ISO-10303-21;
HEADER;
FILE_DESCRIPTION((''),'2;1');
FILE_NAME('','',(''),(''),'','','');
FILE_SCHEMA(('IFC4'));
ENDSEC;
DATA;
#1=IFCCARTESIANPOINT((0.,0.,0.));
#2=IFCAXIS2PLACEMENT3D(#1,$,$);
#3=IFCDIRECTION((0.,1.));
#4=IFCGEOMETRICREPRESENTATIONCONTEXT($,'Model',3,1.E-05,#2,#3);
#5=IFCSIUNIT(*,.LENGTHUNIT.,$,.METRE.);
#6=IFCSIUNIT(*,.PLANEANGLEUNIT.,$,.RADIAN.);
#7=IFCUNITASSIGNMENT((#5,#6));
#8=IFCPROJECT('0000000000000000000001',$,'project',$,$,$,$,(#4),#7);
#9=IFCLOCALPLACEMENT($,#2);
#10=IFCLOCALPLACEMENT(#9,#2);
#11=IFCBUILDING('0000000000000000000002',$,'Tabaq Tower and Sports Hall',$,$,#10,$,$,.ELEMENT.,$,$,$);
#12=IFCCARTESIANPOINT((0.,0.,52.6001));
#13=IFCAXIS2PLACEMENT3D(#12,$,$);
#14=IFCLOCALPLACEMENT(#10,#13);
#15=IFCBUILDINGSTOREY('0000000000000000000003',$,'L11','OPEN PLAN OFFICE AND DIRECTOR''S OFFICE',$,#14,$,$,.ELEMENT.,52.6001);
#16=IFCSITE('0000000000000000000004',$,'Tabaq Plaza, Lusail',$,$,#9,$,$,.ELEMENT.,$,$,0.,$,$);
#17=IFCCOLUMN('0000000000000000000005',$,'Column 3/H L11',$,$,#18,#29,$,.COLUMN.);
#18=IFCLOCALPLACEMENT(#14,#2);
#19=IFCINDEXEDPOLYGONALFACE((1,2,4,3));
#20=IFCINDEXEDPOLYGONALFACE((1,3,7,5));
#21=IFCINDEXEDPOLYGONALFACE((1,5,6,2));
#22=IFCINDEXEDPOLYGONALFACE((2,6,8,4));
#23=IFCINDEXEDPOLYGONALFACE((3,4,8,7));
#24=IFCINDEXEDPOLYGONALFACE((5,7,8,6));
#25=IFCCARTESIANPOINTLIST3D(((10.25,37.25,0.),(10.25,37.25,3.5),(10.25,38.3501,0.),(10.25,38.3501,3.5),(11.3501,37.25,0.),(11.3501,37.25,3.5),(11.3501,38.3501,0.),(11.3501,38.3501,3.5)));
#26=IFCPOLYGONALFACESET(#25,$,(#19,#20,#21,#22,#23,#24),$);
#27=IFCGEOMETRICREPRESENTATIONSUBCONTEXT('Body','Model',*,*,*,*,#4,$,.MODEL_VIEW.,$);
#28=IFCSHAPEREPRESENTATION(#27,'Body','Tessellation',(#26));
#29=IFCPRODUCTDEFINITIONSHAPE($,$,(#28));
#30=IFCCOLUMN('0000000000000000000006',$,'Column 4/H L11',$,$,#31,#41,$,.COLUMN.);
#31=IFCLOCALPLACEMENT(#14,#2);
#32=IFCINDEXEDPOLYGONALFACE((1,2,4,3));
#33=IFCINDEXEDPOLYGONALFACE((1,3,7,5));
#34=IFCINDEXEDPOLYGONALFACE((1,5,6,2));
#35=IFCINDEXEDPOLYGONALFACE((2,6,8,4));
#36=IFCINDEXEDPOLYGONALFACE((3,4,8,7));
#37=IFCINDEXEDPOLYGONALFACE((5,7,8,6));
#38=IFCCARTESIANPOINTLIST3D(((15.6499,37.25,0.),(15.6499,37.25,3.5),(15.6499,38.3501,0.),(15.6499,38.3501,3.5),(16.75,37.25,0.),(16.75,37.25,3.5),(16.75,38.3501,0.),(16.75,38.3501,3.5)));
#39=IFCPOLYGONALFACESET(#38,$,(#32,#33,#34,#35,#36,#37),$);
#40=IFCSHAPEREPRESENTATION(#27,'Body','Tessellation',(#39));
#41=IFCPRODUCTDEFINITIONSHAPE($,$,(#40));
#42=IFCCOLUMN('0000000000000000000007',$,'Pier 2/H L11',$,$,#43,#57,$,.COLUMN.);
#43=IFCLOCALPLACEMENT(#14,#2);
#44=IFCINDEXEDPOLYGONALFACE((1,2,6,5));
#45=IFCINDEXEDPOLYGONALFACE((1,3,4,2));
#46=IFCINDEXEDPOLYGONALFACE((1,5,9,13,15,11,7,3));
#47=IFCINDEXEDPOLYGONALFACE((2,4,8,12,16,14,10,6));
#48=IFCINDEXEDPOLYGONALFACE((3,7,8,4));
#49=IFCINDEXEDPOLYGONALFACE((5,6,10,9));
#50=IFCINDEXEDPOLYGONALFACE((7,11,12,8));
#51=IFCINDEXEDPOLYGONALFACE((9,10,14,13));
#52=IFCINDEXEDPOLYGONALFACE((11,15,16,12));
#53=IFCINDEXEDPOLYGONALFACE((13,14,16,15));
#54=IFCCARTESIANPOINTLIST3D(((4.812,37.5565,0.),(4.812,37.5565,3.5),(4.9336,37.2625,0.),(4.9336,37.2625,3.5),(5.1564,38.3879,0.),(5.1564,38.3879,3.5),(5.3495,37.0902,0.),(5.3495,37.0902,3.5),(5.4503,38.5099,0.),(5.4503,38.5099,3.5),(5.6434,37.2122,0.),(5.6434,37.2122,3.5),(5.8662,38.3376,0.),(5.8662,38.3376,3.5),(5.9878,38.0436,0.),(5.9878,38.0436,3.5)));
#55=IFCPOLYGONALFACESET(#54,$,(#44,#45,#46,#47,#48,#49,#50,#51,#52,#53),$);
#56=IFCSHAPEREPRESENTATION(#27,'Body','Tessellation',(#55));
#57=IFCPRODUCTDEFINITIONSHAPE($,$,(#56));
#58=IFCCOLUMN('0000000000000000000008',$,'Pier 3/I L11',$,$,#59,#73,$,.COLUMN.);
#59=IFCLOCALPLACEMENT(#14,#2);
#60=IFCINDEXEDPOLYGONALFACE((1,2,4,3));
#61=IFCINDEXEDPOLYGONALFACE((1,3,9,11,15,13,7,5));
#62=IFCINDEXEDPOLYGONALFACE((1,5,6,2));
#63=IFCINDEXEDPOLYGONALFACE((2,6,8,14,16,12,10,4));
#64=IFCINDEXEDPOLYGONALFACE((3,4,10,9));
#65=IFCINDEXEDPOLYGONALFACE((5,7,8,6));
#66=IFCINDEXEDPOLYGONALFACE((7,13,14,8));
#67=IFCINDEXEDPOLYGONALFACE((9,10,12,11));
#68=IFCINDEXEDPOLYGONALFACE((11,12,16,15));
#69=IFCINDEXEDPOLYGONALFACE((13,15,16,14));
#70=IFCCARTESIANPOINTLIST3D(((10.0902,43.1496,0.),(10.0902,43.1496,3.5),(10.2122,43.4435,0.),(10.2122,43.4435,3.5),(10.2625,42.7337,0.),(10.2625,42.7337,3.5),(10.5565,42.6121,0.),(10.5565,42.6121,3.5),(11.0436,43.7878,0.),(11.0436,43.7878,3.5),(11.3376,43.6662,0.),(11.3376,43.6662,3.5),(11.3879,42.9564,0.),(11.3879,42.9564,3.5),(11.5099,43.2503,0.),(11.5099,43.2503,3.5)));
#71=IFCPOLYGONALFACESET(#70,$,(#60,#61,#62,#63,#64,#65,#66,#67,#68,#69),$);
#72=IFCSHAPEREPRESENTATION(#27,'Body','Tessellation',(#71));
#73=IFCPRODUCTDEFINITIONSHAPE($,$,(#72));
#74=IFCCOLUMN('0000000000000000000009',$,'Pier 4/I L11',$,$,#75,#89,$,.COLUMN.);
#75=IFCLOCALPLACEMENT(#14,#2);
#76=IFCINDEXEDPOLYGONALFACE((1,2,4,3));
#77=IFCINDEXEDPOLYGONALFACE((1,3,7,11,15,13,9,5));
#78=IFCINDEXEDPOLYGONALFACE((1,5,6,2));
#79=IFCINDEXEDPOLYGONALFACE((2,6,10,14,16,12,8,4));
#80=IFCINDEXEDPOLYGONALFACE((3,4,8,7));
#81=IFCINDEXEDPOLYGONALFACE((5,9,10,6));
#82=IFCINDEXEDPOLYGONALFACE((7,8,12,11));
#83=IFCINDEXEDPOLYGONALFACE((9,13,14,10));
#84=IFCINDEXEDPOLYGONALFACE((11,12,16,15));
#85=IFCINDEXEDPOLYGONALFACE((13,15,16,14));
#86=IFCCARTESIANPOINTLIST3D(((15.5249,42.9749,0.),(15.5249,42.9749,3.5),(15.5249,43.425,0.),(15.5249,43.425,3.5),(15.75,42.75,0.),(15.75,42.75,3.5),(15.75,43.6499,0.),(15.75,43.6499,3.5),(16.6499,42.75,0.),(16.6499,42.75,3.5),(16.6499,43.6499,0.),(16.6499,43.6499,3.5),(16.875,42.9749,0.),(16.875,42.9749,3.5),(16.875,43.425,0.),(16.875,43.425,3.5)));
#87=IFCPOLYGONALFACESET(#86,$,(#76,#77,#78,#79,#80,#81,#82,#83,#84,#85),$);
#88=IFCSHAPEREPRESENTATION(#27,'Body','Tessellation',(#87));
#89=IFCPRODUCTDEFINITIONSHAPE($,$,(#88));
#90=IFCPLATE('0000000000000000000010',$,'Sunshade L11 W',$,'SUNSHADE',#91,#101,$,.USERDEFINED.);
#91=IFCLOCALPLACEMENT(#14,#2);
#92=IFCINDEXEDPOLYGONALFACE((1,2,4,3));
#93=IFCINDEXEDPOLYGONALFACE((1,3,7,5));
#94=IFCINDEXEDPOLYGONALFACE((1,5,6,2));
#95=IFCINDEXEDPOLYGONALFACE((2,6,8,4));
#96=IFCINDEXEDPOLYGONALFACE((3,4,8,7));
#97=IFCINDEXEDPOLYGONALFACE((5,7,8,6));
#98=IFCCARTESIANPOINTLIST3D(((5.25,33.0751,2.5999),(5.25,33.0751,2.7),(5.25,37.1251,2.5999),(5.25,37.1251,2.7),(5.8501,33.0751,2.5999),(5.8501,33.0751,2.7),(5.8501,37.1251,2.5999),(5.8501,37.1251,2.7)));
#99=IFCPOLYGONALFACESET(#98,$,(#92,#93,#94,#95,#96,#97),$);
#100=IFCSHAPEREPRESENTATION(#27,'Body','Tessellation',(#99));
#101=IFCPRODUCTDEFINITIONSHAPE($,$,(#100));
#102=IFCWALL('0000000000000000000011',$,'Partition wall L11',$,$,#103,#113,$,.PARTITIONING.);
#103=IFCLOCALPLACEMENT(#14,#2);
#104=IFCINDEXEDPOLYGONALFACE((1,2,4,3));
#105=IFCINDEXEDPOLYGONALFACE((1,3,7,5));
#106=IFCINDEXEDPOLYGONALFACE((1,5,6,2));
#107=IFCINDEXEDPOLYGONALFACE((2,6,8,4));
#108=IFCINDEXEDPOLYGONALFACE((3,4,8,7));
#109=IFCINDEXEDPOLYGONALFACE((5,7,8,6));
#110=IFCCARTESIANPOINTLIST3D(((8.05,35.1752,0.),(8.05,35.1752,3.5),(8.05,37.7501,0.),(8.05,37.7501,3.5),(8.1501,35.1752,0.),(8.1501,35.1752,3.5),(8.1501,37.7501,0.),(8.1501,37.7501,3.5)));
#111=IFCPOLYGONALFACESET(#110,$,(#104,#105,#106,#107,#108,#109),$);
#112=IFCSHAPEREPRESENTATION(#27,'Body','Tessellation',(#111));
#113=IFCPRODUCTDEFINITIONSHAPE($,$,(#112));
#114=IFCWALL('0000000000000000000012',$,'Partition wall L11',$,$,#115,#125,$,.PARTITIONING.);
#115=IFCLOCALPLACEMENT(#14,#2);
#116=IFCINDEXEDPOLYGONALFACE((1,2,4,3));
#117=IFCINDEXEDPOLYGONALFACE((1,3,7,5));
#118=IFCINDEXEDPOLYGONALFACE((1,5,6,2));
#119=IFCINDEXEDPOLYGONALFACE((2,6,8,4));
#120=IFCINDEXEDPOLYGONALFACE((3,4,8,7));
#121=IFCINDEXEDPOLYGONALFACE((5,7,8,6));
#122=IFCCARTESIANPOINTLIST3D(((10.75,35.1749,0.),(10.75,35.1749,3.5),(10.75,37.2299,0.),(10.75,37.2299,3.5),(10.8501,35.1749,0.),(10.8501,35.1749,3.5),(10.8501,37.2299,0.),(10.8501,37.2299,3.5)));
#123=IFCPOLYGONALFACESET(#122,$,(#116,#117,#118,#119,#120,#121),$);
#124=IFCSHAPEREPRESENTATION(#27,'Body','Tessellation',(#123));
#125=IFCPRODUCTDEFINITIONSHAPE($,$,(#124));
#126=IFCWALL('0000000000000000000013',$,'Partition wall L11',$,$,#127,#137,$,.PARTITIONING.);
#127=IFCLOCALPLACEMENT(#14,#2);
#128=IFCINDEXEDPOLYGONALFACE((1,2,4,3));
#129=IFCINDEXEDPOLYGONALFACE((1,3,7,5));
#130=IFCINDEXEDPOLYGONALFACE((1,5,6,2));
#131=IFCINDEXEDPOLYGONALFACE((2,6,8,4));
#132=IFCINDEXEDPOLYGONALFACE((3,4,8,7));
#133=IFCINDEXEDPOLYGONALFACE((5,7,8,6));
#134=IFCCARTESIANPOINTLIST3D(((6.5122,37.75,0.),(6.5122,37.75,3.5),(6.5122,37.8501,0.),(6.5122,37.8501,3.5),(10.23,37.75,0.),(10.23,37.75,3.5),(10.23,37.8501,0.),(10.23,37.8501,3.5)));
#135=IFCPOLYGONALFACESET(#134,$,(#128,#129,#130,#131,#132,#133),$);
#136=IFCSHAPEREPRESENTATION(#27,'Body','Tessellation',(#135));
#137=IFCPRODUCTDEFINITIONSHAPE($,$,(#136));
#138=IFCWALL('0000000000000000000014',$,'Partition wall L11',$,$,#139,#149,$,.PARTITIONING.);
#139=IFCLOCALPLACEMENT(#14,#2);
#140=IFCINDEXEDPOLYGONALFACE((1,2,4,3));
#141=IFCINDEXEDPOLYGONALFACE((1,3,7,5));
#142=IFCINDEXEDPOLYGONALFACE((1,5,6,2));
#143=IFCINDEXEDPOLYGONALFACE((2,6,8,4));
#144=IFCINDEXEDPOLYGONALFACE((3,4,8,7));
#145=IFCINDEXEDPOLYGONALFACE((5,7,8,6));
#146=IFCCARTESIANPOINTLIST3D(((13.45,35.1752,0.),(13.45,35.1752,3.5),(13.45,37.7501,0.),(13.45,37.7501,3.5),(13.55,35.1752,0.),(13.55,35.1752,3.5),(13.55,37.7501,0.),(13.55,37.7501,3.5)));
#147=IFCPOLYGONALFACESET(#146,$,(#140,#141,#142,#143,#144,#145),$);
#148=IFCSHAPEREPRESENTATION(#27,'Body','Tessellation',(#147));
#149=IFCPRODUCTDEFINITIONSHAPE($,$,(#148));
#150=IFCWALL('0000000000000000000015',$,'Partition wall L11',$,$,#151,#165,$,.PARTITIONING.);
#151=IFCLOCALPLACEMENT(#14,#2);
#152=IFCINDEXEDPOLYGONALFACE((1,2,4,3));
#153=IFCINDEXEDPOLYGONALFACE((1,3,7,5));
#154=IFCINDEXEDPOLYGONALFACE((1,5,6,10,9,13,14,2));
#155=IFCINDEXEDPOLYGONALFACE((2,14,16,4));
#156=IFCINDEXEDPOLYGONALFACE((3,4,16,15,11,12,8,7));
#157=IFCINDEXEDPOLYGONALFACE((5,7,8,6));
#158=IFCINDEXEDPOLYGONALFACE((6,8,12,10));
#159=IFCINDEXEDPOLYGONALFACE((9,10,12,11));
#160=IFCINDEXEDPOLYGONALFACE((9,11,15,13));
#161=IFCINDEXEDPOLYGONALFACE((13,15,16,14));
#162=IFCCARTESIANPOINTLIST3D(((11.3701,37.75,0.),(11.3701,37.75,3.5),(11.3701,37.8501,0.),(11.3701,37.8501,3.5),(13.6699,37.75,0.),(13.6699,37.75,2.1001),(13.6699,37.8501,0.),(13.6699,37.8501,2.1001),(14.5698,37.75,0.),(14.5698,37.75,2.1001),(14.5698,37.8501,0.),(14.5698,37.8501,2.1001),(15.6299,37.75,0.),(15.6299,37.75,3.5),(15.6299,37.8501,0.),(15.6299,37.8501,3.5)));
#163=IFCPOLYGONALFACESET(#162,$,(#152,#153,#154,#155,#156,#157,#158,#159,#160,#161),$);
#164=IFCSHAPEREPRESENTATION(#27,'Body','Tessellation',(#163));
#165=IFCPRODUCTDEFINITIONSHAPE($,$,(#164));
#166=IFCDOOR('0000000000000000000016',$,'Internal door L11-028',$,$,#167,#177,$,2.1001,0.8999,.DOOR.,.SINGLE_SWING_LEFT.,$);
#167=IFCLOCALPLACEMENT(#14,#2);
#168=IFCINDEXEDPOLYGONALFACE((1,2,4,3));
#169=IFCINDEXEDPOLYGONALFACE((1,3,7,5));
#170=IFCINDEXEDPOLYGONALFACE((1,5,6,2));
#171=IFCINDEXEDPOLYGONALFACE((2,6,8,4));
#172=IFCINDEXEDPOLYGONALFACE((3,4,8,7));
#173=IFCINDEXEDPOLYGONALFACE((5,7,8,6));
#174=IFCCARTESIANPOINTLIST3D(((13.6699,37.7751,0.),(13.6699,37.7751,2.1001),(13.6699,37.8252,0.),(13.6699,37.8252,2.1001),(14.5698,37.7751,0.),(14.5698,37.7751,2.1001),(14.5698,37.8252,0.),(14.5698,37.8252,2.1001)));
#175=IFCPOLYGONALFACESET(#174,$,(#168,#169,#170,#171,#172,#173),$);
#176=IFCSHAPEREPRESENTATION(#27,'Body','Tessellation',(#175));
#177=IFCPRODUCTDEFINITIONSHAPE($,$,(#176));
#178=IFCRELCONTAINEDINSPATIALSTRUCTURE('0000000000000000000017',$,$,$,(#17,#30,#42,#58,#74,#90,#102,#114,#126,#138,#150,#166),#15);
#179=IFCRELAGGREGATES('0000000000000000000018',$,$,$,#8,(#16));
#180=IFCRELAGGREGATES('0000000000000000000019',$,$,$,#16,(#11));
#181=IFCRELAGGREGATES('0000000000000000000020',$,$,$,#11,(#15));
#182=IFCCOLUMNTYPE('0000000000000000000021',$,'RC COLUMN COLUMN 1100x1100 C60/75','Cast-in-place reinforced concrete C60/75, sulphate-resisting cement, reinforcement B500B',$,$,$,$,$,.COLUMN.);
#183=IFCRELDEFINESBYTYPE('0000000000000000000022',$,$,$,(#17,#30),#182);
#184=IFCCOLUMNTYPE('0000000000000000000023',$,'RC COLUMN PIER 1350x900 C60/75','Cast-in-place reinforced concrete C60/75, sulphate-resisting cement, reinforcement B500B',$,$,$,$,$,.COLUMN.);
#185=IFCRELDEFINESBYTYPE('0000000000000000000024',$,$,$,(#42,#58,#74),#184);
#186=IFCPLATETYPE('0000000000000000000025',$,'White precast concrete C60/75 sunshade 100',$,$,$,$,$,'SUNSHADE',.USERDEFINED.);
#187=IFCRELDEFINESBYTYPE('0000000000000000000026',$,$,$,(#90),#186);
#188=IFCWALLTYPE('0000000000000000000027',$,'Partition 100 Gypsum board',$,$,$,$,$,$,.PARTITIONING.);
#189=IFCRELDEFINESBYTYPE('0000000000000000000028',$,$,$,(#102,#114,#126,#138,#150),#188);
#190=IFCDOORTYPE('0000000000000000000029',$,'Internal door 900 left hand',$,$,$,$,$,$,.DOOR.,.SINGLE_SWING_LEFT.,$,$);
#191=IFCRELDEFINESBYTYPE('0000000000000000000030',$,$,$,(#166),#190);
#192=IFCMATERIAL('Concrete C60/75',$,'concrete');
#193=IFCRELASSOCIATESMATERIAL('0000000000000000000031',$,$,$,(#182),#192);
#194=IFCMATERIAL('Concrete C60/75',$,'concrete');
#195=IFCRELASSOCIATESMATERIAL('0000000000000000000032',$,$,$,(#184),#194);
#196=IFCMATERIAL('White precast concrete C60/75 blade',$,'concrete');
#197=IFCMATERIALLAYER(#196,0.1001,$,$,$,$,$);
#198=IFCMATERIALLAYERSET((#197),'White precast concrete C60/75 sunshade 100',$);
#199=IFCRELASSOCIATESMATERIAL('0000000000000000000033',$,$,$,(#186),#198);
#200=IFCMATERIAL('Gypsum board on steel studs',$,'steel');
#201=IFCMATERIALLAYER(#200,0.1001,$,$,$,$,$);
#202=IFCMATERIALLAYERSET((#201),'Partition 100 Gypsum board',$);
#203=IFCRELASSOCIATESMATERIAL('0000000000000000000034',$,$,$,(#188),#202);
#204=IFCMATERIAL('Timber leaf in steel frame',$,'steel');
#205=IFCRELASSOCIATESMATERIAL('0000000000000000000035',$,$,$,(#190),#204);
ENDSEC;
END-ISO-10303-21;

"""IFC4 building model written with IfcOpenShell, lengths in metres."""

from ifc_helpers import new_model, si_unit, direction, frame, frame_2d, origin, origin_2d, place, context, subcontext, project, spatial, polyline, rectangle, outline, extrude, material, layer, layer_set, material_profile, profile_set, type_object, element, fill, save


model = new_model("IFC4")

# Units and contexts
model_context = context("Model", 3, precision=1e-05, world=origin(), true_north=direction((0.0, 1.0)))
body_context = subcontext(model_context, "Body", "Model", "MODEL_VIEW")
ifc_project = project(units=[si_unit("LENGTHUNIT", "METRE"), si_unit("PLANEANGLEUNIT", "RADIAN")], contexts=[model_context])

# Site, building, storey
site_placement = place(None, origin())
site = spatial("IfcSite", under=ifc_project, at=site_placement, Name="Tabaq Plaza, Lusail", CompositionType="ELEMENT", RefElevation=0.0)
building_placement = place(site_placement, origin())
building = spatial("IfcBuilding", under=site, at=building_placement, Name="Tabaq Tower and Sports Hall", CompositionType="ELEMENT")
storey_placement = place(building_placement, frame((0.0, 0.0, 52.6001)))
storey = spatial("IfcBuildingStorey", under=building, at=storey_placement, Name="L11", Description="OPEN PLAN OFFICE AND DIRECTOR'S OFFICE", CompositionType="ELEMENT", Elevation=52.6001)

# Columns
ifc_material_1 = material(Name="Concrete C60/75", Category="concrete")
ifc_material_profile_1 = material_profile(ifc_material_1, rectangle(XDim=1.1001, YDim=1.1001, at=origin_2d()), Name="COLUMN 1100x1100")
ifc_profile_set_1 = profile_set([ifc_material_profile_1], Name="Concrete C60/75")
column_type_1 = type_object("IfcColumnType", Name="RC COLUMN COLUMN 1100x1100 C60/75", Description="Cast-in-place reinforced concrete C60/75, sulphate-resisting cement, reinforcement B500B", PredefinedType="COLUMN", material=ifc_profile_set_1)
for number, where, z_axis, x_axis, name in (
    (1, (10.8, 37.8, 0.0), (0.0, 0.0, 1.0), (1.0, 0.0, 0.0), "Column 3/H L11"),
    (2, (16.2, 37.8, 0.0), (0.0, 0.0, 1.0), (1.0, 0.0, 0.0), "Column 4/H L11"),
):
    element("IfcColumn", number, at=place(storey_placement, frame(where, z_axis=z_axis, x_axis=x_axis)), inside=storey, type_object=column_type_1, Name=name, PredefinedType="COLUMN", context=body_context, shape_type="SweptSolid", body=[
        extrude(rectangle(XDim=1.1001, YDim=1.1001, at=origin_2d()), origin(), (0.0, 0.0, 1.0), 3.5),
    ])
ifc_material_2 = material(Name="Concrete C60/75", Category="concrete")
ifc_material_profile_2 = material_profile(ifc_material_2, outline(polyline([(-0.45, -0.45), (0.45, -0.45), (0.675, -0.2251), (0.675, 0.2251), (0.45, 0.45), (-0.45, 0.45), (-0.675, 0.2251), (-0.675, -0.2251), (-0.45, -0.45)])), Name="PIER 1350x900")
ifc_profile_set_2 = profile_set([ifc_material_profile_2], Name="Concrete C60/75")
column_type_2 = type_object("IfcColumnType", Name="RC COLUMN PIER 1350x900 C60/75", Description="Cast-in-place reinforced concrete C60/75, sulphate-resisting cement, reinforcement B500B", PredefinedType="COLUMN", material=ifc_profile_set_2)
for number, where, z_axis, x_axis, name in (
    (3, (5.3999, 37.8, 0.0), (0.0, 0.0, 1.0), (0.382683, 0.92388, 0.0), "Pier 2/H L11"),
    (4, (10.8, 43.2, 0.0), (0.0, 0.0, 1.0), (0.92388, 0.382683, 0.0), "Pier 3/I L11"),
    (5, (16.2, 43.2, 0.0), (0.0, 0.0, 1.0), (1.0, 0.0, 0.0), "Pier 4/I L11"),
):
    element("IfcColumn", number, at=place(storey_placement, frame(where, z_axis=z_axis, x_axis=x_axis)), inside=storey, type_object=column_type_2, Name=name, PredefinedType="COLUMN", context=body_context, shape_type="SweptSolid", body=[
        extrude(outline(polyline([(-0.45, -0.45), (0.45, -0.45), (0.675, -0.2251), (0.675, 0.2251), (0.45, 0.45), (-0.45, 0.45), (-0.675, 0.2251), (-0.675, -0.2251), (-0.45, -0.45)])), origin(), (0.0, 0.0, 1.0), 3.5),
    ])

# Plate
ifc_material_3 = material(Name="White precast concrete C60/75 blade", Category="concrete")
ifc_layer_1 = layer(ifc_material_3, 0.1001)
ifc_layer_set_1 = layer_set([ifc_layer_1], Name="White precast concrete C60/75 sunshade 100")
plate_type = type_object("IfcPlateType", Name="White precast concrete C60/75 sunshade 100", ElementType="SUNSHADE", PredefinedType="USERDEFINED", material=ifc_layer_set_1)
plate_placement = place(storey_placement, frame((5.55, 35.1001, 2.5999), z_axis=(0.0, 0.0, 1.0), x_axis=(0.0, -1.0, 0.0)))
element("IfcPlate", 6, at=plate_placement, inside=storey, type_object=plate_type, Name="Sunshade L11 W", ObjectType="SUNSHADE", PredefinedType="USERDEFINED", context=body_context, shape_type="SweptSolid", body=[
    extrude(rectangle(XDim=4.05, YDim=0.6001, at=origin_2d()), origin(), (0.0, 0.0, 1.0), 0.1001),
])

# Walls
ifc_material_4 = material(Name="Gypsum board on steel studs", Category="steel")
ifc_layer_2 = layer(ifc_material_4, 0.1001)
ifc_layer_set_2 = layer_set([ifc_layer_2], Name="Partition 100 Gypsum board")
wall_type_1 = type_object("IfcWallType", Name="Partition 100 Gypsum board", PredefinedType="PARTITIONING", material=ifc_layer_set_2)
wall_1_placement = place(storey_placement, frame((8.1001, 35.175, 0.0), z_axis=(0.0, 0.0, 1.0), x_axis=(0.0, 1.0, 0.0)))
element("IfcWall", 7, at=wall_1_placement, inside=storey, type_object=wall_type_1, Name="Partition wall L11", PredefinedType="PARTITIONING", context=body_context, shape_type="SweptSolid", body=[
    extrude(rectangle(XDim=2.575, YDim=0.1001, at=frame_2d((1.2876, 0.0))), origin(), (0.0, 0.0, 1.0), 3.5),
])
wall_2_placement = place(storey_placement, frame((10.8, 35.175, 0.0), z_axis=(0.0, 0.0, 1.0), x_axis=(0.0, 1.0, 0.0)))
element("IfcWall", 8, at=wall_2_placement, inside=storey, type_object=wall_type_1, Name="Partition wall L11", PredefinedType="PARTITIONING", context=body_context, shape_type="SweptSolid", body=[
    extrude(rectangle(XDim=2.0549, YDim=0.1001, at=frame_2d((1.0273, 0.0))), origin(), (0.0, 0.0, 1.0), 3.5),
])
wall_3_placement = place(storey_placement, frame((10.23, 37.8, 0.0), z_axis=(0.0, 0.0, 1.0), x_axis=(-1.0, 0.0, 0.0)))
element("IfcWall", 9, at=wall_3_placement, inside=storey, type_object=wall_type_1, Name="Partition wall L11", PredefinedType="PARTITIONING", context=body_context, shape_type="SweptSolid", body=[
    extrude(rectangle(XDim=3.7178, YDim=0.1001, at=frame_2d((1.8589, 0.0))), origin(), (0.0, 0.0, 1.0), 3.5),
])
wall_4_placement = place(storey_placement, frame((13.5, 35.175, 0.0), z_axis=(0.0, 0.0, 1.0), x_axis=(0.0, 1.0, 0.0)))
element("IfcWall", 10, at=wall_4_placement, inside=storey, type_object=wall_type_1, Name="Partition wall L11", PredefinedType="PARTITIONING", context=body_context, shape_type="SweptSolid", body=[
    extrude(rectangle(XDim=2.575, YDim=0.1001, at=frame_2d((1.2876, 0.0))), origin(), (0.0, 0.0, 1.0), 3.5),
])

# Wall, opening, door
wall_5_placement = place(storey_placement, frame((15.6299, 37.8, 0.0), z_axis=(0.0, 0.0, 1.0), x_axis=(-1.0, 0.0, 0.0)))
wall_5 = element("IfcWall", 11, at=wall_5_placement, inside=storey, type_object=wall_type_1, Name="Partition wall L11", PredefinedType="PARTITIONING", context=body_context, shape_type="SweptSolid", body=[
    extrude(rectangle(XDim=4.2598, YDim=0.1001, at=frame_2d((2.1299, 0.0))), origin(), (0.0, 0.0, 1.0), 3.5),
])
opening_1_placement = place(wall_5_placement, frame((1.0601, 0.0, 0.0)))
opening_1 = element("IfcOpeningElement", 12, at=opening_1_placement, cuts=wall_5, PredefinedType="OPENING", context=body_context, shape_type="SweptSolid", body=[
    extrude(rectangle(XDim=0.8999, YDim=2.1001, at=frame_2d((0.45, 1.05))), frame((0.0, 0.05, 0.0), z_axis=(0.0, -1.0, 0.0), x_axis=(1.0, 0.0, 0.0)), (0.0, 0.0, 1.0), 0.1001),
])
ifc_material_5 = material(Name="Timber leaf in steel frame", Category="steel")
door_type_1 = type_object("IfcDoorType", Name="Internal door 900 left hand", OperationType="SINGLE_SWING_LEFT", PredefinedType="DOOR", material=ifc_material_5)
door_1_placement = place(opening_1_placement, origin())
door_1 = element("IfcDoor", 13, at=door_1_placement, inside=storey, type_object=door_type_1, Name="Internal door L11-028", OperationType="SINGLE_SWING_LEFT", OverallHeight=2.1001, OverallWidth=0.8999, PredefinedType="DOOR", context=body_context, shape_type="SweptSolid", body=[
    extrude(rectangle(XDim=0.8999, YDim=2.1001, at=frame_2d((0.45, 1.05))), frame((0.0, 0.0249, 0.0), z_axis=(0.0, -1.0, 0.0), x_axis=(1.0, 0.0, 0.0)), (0.0, 0.0, 1.0), 0.05),
])
fill(opening_1, door_1)

save(model, "model.ifc")
